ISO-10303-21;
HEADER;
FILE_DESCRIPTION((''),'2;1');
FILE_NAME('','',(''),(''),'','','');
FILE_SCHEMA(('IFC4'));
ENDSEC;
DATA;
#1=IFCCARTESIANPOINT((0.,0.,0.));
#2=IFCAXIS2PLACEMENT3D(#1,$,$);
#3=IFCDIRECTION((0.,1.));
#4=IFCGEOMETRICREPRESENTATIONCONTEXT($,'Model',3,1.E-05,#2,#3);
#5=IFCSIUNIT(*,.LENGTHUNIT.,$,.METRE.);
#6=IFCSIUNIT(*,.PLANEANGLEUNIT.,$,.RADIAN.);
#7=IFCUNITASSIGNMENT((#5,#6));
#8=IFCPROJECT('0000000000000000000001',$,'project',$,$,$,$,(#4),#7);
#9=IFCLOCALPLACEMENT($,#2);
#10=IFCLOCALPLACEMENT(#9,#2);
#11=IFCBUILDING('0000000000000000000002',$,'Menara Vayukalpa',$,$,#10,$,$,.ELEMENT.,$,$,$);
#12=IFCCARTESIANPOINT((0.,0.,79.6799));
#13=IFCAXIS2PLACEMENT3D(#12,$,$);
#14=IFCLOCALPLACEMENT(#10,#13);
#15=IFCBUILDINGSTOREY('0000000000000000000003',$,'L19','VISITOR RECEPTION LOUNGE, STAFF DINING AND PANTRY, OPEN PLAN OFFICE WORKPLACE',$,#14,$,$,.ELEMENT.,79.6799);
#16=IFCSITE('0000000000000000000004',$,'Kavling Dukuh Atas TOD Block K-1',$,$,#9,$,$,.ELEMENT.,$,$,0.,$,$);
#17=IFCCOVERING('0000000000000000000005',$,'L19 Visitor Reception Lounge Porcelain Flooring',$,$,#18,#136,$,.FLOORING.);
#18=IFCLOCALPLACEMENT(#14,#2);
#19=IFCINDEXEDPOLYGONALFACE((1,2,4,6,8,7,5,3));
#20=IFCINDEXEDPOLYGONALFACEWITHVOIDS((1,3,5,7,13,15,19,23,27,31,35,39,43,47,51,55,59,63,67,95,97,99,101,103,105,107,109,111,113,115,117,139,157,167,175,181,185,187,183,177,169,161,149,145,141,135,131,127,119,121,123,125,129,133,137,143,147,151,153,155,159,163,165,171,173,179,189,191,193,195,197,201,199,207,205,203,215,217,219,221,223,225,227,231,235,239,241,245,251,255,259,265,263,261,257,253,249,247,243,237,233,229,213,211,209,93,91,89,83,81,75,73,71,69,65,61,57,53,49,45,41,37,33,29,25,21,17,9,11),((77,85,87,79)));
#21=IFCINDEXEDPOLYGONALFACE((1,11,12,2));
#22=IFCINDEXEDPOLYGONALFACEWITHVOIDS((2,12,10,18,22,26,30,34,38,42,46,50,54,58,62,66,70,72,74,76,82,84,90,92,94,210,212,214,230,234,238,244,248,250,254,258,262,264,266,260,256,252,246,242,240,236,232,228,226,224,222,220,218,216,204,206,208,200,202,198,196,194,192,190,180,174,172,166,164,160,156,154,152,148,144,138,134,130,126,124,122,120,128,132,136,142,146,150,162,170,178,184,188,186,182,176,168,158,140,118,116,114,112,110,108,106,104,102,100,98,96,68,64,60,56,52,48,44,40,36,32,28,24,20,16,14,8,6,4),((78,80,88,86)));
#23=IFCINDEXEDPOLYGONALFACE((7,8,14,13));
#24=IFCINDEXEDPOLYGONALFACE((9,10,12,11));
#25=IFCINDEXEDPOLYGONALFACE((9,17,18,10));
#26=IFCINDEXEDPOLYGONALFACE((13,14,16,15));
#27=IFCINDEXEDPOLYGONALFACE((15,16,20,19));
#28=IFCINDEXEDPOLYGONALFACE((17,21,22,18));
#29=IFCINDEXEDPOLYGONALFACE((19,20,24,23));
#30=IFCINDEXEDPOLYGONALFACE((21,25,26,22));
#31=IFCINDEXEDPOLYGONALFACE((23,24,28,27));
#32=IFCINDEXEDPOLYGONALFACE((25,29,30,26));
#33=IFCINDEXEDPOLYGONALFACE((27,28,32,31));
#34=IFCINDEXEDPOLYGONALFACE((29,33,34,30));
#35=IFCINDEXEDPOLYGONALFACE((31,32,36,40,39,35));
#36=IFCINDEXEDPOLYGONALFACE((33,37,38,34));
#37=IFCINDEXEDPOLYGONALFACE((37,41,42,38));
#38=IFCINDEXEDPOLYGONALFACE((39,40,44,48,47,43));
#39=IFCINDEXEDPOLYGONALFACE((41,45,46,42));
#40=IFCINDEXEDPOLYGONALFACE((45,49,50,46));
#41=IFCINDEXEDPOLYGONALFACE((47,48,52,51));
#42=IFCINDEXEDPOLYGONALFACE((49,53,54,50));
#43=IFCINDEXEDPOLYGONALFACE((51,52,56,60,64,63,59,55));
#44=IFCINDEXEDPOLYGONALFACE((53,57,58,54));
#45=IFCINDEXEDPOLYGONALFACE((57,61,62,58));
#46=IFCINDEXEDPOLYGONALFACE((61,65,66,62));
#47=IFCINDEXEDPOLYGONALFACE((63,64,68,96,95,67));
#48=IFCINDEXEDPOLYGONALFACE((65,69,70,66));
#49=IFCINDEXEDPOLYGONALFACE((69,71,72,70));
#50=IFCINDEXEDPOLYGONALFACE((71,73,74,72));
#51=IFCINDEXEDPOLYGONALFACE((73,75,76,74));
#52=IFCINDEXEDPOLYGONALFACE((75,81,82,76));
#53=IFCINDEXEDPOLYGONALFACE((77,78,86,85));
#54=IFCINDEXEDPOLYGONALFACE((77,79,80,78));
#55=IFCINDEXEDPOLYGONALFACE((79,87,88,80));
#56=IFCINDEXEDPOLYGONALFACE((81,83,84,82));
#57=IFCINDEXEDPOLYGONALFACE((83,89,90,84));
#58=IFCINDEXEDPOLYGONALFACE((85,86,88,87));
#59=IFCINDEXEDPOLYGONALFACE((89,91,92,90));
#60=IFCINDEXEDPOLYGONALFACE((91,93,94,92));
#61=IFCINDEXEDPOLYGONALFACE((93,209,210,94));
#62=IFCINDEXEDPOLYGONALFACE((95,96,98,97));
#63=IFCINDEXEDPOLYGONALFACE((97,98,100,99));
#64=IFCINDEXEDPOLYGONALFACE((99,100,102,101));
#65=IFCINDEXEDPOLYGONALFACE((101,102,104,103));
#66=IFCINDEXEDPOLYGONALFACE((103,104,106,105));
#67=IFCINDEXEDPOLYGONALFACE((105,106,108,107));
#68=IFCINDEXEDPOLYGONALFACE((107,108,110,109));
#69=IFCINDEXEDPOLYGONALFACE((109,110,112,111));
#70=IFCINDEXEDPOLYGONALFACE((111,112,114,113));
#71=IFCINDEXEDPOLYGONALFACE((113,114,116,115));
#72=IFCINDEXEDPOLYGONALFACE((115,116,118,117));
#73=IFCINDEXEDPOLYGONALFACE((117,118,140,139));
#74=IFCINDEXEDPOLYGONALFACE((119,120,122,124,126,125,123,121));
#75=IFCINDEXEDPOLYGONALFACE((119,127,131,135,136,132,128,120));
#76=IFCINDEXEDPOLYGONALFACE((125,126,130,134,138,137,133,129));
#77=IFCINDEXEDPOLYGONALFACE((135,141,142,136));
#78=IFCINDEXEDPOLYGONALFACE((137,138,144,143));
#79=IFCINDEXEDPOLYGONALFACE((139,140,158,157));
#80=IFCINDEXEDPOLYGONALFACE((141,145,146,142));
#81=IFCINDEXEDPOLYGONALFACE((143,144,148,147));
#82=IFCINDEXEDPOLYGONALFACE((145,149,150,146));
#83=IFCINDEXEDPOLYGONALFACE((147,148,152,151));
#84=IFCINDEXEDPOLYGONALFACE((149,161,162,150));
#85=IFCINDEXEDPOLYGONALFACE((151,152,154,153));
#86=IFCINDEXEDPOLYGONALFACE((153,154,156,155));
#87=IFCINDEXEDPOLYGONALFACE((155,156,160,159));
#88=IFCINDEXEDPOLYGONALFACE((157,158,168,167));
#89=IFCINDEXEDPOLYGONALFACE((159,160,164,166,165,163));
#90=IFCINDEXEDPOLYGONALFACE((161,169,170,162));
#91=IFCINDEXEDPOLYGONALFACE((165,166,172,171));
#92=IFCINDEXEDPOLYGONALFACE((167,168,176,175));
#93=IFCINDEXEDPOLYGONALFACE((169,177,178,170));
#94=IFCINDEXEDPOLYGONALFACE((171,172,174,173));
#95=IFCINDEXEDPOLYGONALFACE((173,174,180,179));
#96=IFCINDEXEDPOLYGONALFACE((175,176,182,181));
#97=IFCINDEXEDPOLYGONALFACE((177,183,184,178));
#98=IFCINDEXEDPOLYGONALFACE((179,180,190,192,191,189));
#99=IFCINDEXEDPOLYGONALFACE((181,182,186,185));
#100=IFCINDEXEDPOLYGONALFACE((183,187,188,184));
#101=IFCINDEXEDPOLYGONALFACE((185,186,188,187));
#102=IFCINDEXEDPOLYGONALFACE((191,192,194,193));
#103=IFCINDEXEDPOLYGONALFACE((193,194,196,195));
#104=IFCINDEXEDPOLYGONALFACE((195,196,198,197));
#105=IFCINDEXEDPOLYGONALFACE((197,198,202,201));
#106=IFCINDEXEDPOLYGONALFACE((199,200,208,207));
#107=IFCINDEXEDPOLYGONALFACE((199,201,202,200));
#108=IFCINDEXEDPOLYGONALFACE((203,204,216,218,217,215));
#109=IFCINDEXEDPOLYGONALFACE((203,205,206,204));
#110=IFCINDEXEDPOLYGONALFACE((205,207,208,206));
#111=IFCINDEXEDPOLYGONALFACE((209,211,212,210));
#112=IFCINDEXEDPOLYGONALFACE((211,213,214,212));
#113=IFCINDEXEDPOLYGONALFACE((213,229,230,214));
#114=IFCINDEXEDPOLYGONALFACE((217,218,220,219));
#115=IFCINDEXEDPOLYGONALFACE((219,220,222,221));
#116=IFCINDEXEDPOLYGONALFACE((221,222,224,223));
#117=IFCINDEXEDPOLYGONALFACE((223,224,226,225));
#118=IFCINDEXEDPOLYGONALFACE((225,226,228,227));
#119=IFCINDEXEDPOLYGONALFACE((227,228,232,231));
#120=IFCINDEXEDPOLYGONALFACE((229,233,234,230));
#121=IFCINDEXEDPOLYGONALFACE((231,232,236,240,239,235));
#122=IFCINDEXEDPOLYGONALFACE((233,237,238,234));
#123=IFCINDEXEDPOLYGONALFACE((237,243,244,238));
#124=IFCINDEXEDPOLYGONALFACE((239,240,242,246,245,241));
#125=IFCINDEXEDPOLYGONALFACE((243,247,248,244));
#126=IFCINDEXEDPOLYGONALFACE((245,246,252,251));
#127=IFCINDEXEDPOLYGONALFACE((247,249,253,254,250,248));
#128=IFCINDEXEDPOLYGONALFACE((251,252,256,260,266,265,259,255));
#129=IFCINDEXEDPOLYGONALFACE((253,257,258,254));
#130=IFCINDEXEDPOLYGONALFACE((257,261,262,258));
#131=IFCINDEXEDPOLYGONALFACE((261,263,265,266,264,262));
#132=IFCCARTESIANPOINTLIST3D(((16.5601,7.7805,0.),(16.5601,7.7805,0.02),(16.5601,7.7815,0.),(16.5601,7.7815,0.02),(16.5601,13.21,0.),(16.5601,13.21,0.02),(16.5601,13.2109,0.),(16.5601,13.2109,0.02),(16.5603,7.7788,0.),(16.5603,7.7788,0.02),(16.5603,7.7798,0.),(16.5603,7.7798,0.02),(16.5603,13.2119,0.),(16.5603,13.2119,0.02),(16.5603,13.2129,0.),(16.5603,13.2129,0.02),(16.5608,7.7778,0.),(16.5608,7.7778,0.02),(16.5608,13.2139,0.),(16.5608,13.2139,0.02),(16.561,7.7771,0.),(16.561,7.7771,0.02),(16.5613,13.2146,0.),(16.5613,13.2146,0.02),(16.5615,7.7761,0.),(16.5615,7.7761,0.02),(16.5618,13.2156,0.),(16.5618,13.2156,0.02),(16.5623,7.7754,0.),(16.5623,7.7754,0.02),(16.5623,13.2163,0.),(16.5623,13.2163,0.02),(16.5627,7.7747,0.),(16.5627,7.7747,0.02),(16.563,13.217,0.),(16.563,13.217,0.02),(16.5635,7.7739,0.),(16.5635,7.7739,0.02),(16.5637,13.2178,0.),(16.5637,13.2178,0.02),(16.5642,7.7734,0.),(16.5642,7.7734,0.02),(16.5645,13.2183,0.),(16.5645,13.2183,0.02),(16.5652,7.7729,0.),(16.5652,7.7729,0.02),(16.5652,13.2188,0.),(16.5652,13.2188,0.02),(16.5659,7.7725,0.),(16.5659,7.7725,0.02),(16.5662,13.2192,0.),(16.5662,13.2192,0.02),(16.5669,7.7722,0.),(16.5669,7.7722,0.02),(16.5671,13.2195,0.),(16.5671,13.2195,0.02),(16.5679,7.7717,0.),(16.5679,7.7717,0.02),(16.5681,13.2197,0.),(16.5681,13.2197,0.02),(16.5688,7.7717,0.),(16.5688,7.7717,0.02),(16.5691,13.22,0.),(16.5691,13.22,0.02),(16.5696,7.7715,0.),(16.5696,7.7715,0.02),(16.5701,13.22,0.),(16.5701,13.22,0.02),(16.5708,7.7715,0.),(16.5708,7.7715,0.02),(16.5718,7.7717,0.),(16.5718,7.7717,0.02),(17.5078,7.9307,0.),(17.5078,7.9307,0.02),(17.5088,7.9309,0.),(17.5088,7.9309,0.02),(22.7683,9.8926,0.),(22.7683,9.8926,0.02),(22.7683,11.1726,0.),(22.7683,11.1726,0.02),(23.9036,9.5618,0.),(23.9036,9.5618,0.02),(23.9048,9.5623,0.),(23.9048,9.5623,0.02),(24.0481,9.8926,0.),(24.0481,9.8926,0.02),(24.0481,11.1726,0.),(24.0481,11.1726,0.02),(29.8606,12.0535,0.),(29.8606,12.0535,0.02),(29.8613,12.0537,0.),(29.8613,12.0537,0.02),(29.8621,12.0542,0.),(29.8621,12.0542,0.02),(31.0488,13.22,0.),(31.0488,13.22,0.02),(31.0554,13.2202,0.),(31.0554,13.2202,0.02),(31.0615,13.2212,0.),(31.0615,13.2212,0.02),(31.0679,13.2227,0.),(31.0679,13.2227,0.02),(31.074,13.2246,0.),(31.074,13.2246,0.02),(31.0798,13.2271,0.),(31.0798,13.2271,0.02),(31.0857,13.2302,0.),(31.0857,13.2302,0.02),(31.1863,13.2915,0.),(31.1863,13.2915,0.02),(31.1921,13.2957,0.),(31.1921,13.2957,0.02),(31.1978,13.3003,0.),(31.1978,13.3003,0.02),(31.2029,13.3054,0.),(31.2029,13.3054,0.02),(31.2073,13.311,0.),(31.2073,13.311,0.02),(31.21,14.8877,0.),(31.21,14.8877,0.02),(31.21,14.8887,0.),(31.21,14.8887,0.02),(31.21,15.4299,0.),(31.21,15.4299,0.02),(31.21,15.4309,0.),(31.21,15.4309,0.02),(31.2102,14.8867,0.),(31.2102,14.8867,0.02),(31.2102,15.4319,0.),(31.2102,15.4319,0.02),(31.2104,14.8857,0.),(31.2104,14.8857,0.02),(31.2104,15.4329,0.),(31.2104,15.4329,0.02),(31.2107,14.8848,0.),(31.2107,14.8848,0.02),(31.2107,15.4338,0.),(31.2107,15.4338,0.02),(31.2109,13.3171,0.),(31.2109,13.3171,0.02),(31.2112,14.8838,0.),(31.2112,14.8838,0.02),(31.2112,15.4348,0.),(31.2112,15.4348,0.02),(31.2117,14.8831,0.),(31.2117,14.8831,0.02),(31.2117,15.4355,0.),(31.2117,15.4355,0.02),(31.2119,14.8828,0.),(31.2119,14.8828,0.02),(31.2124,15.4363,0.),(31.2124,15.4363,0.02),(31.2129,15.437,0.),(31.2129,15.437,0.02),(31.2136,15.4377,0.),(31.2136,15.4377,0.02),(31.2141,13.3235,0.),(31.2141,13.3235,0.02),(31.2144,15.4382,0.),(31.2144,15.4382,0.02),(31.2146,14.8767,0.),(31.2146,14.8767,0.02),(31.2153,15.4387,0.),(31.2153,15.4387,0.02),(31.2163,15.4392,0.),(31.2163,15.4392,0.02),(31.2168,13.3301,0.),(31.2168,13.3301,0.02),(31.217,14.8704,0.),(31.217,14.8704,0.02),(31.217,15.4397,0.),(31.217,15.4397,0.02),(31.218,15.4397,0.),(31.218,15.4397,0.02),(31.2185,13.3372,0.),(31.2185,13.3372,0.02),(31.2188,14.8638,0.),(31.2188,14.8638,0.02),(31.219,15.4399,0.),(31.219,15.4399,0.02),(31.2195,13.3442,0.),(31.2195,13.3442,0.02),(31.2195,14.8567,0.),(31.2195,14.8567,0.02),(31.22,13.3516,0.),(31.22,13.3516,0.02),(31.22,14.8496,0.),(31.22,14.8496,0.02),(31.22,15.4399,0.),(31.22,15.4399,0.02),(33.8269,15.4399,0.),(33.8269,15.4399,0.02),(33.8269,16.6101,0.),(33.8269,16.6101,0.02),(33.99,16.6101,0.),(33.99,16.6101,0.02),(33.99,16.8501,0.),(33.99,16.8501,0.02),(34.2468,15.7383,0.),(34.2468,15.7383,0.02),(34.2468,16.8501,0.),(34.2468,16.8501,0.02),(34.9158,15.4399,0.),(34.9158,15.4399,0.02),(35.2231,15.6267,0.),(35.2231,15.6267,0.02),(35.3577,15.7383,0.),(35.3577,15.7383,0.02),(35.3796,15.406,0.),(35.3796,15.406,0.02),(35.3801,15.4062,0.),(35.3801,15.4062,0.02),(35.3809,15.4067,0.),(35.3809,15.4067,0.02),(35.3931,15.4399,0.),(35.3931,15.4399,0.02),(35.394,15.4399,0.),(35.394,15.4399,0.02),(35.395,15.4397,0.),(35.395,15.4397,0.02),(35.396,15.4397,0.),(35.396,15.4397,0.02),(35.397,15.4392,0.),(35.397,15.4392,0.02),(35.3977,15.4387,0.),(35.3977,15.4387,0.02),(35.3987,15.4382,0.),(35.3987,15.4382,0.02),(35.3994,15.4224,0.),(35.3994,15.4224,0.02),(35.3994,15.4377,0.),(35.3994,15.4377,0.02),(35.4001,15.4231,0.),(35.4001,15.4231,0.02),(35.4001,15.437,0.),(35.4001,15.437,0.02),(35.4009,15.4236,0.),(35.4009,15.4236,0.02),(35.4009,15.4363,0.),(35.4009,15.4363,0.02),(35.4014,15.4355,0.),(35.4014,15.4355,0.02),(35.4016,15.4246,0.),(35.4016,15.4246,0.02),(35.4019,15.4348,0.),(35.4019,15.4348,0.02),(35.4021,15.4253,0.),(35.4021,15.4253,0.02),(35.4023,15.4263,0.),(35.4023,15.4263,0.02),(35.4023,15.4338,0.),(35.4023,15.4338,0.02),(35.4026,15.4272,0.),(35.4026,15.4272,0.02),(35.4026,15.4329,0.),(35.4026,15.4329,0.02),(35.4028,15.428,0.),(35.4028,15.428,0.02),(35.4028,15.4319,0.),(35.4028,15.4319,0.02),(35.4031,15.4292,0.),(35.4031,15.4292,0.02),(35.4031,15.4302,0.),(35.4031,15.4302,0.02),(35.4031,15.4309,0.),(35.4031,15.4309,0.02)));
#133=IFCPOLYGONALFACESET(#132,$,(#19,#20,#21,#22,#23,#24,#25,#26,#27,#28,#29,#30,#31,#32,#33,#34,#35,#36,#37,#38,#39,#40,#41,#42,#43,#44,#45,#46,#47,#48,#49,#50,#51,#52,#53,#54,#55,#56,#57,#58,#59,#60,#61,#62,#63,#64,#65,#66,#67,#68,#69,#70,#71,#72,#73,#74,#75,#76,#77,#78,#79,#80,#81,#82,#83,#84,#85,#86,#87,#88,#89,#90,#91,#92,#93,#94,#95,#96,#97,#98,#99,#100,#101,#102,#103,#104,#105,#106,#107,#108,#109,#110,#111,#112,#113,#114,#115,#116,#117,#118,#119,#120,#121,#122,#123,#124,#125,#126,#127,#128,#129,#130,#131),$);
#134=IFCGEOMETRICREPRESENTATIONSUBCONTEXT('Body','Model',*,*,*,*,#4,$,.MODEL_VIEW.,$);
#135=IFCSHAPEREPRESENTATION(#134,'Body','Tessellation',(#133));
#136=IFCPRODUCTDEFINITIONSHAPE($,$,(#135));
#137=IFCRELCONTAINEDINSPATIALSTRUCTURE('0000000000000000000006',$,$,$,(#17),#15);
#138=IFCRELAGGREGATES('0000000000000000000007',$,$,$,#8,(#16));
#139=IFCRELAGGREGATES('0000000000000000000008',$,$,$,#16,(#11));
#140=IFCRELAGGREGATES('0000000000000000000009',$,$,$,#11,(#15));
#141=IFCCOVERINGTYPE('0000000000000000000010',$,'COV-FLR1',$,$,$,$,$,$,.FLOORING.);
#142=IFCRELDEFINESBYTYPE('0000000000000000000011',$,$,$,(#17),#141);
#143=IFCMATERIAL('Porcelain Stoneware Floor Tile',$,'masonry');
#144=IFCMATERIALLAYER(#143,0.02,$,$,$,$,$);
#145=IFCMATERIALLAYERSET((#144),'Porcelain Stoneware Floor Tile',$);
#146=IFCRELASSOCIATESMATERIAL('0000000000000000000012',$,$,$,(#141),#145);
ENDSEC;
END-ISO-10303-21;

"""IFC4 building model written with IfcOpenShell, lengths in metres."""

from ifc_helpers import new_model, si_unit, direction, frame, origin, place, context, subcontext, project, spatial, polyline, outline, extrude, material, layer, layer_set, type_object, element, save


model = new_model("IFC4")

# Units and contexts
model_context = context("Model", 3, precision=1e-05, world=origin(), true_north=direction((0.0, 1.0)))
body_context = subcontext(model_context, "Body", "Model", "MODEL_VIEW")
ifc_project = project(units=[si_unit("LENGTHUNIT", "METRE"), si_unit("PLANEANGLEUNIT", "RADIAN")], contexts=[model_context])

# Site, building, storey
site_placement = place(None, origin())
site = spatial("IfcSite", under=ifc_project, at=site_placement, Name="Kavling Dukuh Atas TOD Block K-1", CompositionType="ELEMENT", RefElevation=0.0)
building_placement = place(site_placement, origin())
building = spatial("IfcBuilding", under=site, at=building_placement, Name="Menara Vayukalpa", CompositionType="ELEMENT")
storey_placement = place(building_placement, frame((0.0, 0.0, 79.6799)))
storey = spatial("IfcBuildingStorey", under=building, at=storey_placement, Name="L19", Description="VISITOR RECEPTION LOUNGE, STAFF DINING AND PANTRY, OPEN PLAN OFFICE WORKPLACE", CompositionType="ELEMENT", Elevation=79.6799)

# Covering
ifc_material_1 = material(Name="Porcelain Stoneware Floor Tile", Category="masonry")
ifc_layer_1 = layer(ifc_material_1, 0.02)
ifc_layer_set_1 = layer_set([ifc_layer_1], Name="Porcelain Stoneware Floor Tile")
covering_type_1 = type_object("IfcCoveringType", Name="COV-FLR1", PredefinedType="FLOORING", material=ifc_layer_set_1)
covering_1_placement = place(storey_placement, origin())
element("IfcCovering", 1, at=covering_1_placement, inside=storey, type_object=covering_type_1, Name="L19 Visitor Reception Lounge Porcelain Flooring", PredefinedType="FLOORING", context=body_context, shape_type="SweptSolid", body=[
    extrude(outline(polyline([(23.9048, 9.5623), (23.9036, 9.5618), (17.5088, 7.9309), (17.5078, 7.9307), (16.5718, 7.7717), (16.5708, 7.7715), (16.5696, 7.7715), (16.5688, 7.7717), (16.5679, 7.7717), (16.5669, 7.7722), (16.5659, 7.7725), (16.5652, 7.7729), (16.5642, 7.7734), (16.5635, 7.7739), (16.5627, 7.7747), (16.5623, 7.7754), (16.5615, 7.7761), (16.561, 7.7771), (16.5608, 7.7778), (16.5603, 7.7788), (16.5603, 7.7798), (16.5601, 7.7805), (16.5601, 7.7815), (16.5601, 13.21), (16.5601, 13.2109), (16.5603, 13.2119), (16.5603, 13.2129), (16.5608, 13.2139), (16.5613, 13.2146), (16.5618, 13.2156), (16.5623, 13.2163), (16.563, 13.217), (16.5637, 13.2178), (16.5645, 13.2183), (16.5652, 13.2188), (16.5662, 13.2192), (16.5671, 13.2195), (16.5681, 13.2197), (16.5691, 13.22), (16.5701, 13.22), (31.0488, 13.22), (31.0554, 13.2202), (31.0615, 13.2212), (31.0679, 13.2227), (31.074, 13.2246), (31.0798, 13.2271), (31.0857, 13.2302), (31.1863, 13.2915), (31.1921, 13.2957), (31.1978, 13.3003), (31.2029, 13.3054), (31.2073, 13.311), (31.2109, 13.3171), (31.2141, 13.3235), (31.2168, 13.3301), (31.2185, 13.3372), (31.2195, 13.3442), (31.22, 13.3516), (31.22, 14.8496), (31.2195, 14.8567), (31.2188, 14.8638), (31.217, 14.8704), (31.2146, 14.8767), (31.2119, 14.8828), (31.2117, 14.8831), (31.2112, 14.8838), (31.2107, 14.8848), (31.2104, 14.8857), (31.2102, 14.8867), (31.21, 14.8877), (31.21, 14.8887), (31.21, 15.4299), (31.21, 15.4309), (31.2102, 15.4319), (31.2104, 15.4329), (31.2107, 15.4338), (31.2112, 15.4348), (31.2117, 15.4355), (31.2124, 15.4363), (31.2129, 15.437), (31.2136, 15.4377), (31.2144, 15.4382), (31.2153, 15.4387), (31.2163, 15.4392), (31.217, 15.4397), (31.218, 15.4397), (31.219, 15.4399), (31.22, 15.4399), (33.8269, 15.4399), (33.8269, 16.6101), (33.99, 16.6101), (33.99, 16.8501), (34.2468, 16.8501), (34.2468, 15.7383), (35.3577, 15.7383), (35.2231, 15.6267), (34.9158, 15.4399), (35.3931, 15.4399), (35.394, 15.4399), (35.395, 15.4397), (35.396, 15.4397), (35.397, 15.4392), (35.3977, 15.4387), (35.3987, 15.4382), (35.3994, 15.4377), (35.4001, 15.437), (35.4009, 15.4363), (35.4014, 15.4355), (35.4019, 15.4348), (35.4023, 15.4338), (35.4026, 15.4329), (35.4028, 15.4319), (35.4031, 15.4309), (35.4031, 15.4302), (35.4031, 15.4292), (35.4028, 15.428), (35.4026, 15.4272), (35.4023, 15.4263), (35.4021, 15.4253), (35.4016, 15.4246), (35.4009, 15.4236), (35.4001, 15.4231), (35.3994, 15.4224), (35.3809, 15.4067), (35.3801, 15.4062), (35.3796, 15.406), (29.8621, 12.0542), (29.8613, 12.0537), (29.8606, 12.0535), (23.9048, 9.5623)]), holes=[polyline([(24.0481, 11.1726), (22.7683, 11.1726), (22.7683, 9.8926), (24.0481, 9.8926), (24.0481, 11.1726)])]), origin(), (0.0, 0.0, 1.0), 0.02),
])

save(model, "model.ifc")
